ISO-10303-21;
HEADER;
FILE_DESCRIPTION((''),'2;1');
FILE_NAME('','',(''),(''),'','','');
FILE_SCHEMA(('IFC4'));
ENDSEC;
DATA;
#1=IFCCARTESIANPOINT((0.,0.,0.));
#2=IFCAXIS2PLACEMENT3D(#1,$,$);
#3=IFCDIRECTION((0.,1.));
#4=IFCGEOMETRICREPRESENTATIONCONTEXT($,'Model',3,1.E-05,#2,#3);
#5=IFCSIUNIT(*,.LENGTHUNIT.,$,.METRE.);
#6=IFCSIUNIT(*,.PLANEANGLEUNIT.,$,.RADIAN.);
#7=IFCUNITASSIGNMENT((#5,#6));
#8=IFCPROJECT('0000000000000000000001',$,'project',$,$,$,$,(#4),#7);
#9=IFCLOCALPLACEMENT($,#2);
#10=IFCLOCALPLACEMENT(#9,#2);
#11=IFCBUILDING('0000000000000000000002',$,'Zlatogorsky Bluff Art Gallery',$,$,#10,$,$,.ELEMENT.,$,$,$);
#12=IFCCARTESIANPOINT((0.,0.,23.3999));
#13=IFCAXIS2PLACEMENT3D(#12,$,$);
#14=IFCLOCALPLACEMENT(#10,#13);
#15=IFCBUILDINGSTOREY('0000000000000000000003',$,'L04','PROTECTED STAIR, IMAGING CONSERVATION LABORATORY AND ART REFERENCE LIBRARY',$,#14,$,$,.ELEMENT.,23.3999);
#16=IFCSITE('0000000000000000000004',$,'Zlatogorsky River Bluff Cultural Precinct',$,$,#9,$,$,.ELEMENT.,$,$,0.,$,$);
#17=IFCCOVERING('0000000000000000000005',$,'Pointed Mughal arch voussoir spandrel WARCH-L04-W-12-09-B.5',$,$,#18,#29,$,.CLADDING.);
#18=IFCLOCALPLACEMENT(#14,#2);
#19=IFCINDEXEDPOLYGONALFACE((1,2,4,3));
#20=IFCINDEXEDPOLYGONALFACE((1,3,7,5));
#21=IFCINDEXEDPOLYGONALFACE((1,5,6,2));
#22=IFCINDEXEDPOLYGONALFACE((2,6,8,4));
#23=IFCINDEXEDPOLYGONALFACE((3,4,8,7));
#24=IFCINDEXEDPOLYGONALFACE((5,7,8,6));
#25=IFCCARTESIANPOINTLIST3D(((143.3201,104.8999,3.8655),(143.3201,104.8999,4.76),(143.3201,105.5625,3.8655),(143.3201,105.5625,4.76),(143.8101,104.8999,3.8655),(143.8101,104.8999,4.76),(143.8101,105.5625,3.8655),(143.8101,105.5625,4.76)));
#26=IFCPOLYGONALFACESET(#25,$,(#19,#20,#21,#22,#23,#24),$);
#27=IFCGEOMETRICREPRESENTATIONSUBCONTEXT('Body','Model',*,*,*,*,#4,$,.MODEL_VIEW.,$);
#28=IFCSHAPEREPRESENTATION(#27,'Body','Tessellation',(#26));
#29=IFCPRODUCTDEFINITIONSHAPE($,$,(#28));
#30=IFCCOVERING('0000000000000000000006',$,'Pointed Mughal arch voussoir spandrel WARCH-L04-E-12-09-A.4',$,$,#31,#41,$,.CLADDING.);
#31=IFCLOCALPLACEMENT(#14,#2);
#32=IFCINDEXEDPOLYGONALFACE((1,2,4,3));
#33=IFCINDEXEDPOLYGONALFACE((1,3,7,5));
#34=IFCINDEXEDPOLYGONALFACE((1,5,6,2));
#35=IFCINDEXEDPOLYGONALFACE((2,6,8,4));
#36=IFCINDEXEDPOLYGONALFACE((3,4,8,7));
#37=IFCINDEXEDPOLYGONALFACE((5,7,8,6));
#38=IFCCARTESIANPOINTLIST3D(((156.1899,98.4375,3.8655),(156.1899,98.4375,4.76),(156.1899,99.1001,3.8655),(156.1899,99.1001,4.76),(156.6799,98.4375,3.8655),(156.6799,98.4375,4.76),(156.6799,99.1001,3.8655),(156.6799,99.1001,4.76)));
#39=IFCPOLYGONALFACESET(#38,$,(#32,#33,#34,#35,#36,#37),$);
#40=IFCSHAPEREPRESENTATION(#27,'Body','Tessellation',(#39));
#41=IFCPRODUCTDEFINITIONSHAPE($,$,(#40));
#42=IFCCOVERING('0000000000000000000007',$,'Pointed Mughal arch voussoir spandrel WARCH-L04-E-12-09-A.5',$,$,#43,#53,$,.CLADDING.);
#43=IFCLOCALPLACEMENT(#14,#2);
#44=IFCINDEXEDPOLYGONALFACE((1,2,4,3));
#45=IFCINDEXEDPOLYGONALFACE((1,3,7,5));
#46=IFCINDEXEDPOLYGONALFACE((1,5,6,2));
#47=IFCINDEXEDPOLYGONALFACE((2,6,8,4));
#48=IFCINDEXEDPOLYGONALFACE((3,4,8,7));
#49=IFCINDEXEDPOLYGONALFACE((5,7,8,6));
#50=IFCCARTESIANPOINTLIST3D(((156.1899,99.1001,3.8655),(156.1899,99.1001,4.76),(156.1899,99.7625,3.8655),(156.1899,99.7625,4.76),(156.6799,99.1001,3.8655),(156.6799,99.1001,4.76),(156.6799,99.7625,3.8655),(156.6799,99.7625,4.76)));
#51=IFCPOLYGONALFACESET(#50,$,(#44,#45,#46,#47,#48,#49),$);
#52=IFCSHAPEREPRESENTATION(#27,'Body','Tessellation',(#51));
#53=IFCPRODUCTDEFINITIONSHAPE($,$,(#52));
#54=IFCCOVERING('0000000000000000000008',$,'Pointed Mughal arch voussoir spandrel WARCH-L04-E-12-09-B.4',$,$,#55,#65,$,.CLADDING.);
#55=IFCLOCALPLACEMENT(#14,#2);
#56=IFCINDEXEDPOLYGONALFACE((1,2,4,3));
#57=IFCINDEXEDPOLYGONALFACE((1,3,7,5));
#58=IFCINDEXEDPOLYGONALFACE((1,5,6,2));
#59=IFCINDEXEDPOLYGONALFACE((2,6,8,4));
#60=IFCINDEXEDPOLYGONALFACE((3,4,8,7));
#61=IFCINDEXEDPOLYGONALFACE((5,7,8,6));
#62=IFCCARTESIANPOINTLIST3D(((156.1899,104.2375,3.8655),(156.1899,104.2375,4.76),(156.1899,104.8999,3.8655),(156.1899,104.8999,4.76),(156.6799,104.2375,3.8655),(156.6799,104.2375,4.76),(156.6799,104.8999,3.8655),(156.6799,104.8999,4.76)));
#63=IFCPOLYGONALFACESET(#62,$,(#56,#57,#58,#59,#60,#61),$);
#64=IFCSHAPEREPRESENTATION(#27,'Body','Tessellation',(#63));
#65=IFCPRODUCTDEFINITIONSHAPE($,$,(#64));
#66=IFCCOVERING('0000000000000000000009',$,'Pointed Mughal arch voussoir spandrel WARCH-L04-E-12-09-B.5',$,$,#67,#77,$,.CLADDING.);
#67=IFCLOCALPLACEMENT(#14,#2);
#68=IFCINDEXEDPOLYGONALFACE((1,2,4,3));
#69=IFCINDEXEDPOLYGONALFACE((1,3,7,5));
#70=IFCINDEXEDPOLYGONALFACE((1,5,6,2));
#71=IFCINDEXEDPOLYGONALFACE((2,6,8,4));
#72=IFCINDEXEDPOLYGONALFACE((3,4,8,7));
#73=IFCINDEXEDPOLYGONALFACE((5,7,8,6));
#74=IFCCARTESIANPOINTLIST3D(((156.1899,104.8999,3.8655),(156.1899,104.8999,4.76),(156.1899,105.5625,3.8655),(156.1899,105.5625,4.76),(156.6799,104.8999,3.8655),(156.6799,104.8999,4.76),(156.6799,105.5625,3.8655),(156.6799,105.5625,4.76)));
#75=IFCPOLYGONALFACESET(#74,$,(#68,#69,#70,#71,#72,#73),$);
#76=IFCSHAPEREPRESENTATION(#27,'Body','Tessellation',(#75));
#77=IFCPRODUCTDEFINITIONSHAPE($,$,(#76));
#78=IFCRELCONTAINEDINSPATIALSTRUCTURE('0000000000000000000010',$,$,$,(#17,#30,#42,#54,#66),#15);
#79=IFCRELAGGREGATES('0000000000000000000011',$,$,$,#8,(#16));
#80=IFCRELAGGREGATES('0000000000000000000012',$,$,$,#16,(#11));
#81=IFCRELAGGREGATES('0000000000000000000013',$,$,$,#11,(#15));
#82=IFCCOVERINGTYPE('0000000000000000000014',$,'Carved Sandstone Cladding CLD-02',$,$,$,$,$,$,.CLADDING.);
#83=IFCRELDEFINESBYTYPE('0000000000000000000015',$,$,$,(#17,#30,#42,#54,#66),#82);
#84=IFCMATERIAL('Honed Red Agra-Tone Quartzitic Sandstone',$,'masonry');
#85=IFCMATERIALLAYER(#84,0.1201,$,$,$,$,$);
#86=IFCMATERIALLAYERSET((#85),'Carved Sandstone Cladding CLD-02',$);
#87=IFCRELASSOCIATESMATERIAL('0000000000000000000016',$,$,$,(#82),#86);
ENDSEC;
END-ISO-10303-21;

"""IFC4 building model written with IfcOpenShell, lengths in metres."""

from ifc_helpers import new_model, si_unit, direction, frame, origin, place, context, subcontext, project, spatial, polyline, outline, extrude, material, layer, layer_set, type_object, element, save


model = new_model("IFC4")

# Units and contexts
model_context = context("Model", 3, precision=1e-05, world=origin(), true_north=direction((0.0, 1.0)))
body_context = subcontext(model_context, "Body", "Model", "MODEL_VIEW")
ifc_project = project(units=[si_unit("LENGTHUNIT", "METRE"), si_unit("PLANEANGLEUNIT", "RADIAN")], contexts=[model_context])

# Site, building, storey
site_placement = place(None, origin())
site = spatial("IfcSite", under=ifc_project, at=site_placement, Name="Zlatogorsky River Bluff Cultural Precinct", CompositionType="ELEMENT", RefElevation=0.0)
building_placement = place(site_placement, origin())
building = spatial("IfcBuilding", under=site, at=building_placement, Name="Zlatogorsky Bluff Art Gallery", CompositionType="ELEMENT")
storey_placement = place(building_placement, frame((0.0, 0.0, 23.3999)))
storey = spatial("IfcBuildingStorey", under=building, at=storey_placement, Name="L04", Description="PROTECTED STAIR, IMAGING CONSERVATION LABORATORY AND ART REFERENCE LIBRARY", CompositionType="ELEMENT", Elevation=23.3999)

# Coverings
ifc_material = material(Name="Honed Red Agra-Tone Quartzitic Sandstone", Category="masonry")
ifc_layer = layer(ifc_material, 0.1201)
ifc_layer_set = layer_set([ifc_layer], Name="Carved Sandstone Cladding CLD-02")
covering_type = type_object("IfcCoveringType", Name="Carved Sandstone Cladding CLD-02", PredefinedType="CLADDING", material=ifc_layer_set)
covering_1_placement = place(storey_placement, frame((0.0, 0.0, 3.8655)))
element("IfcCovering", 1, at=covering_1_placement, inside=storey, type_object=covering_type, Name="Pointed Mughal arch voussoir spandrel WARCH-L04-W-12-09-B.5", PredefinedType="CLADDING", context=body_context, shape_type="SweptSolid", body=[
    extrude(outline(polyline([(143.3201, 104.8999), (143.3201, 105.5625), (143.8101, 105.5625), (143.8101, 104.8999), (143.3201, 104.8999)])), origin(), (0.0, 0.0, 1.0), 0.8945),
])
covering_2_placement = place(storey_placement, frame((0.0, 0.0, 3.8655)))
element("IfcCovering", 2, at=covering_2_placement, inside=storey, type_object=covering_type, Name="Pointed Mughal arch voussoir spandrel WARCH-L04-E-12-09-A.4", PredefinedType="CLADDING", context=body_context, shape_type="SweptSolid", body=[
    extrude(outline(polyline([(156.1899, 98.4375), (156.1899, 99.1001), (156.6799, 99.1001), (156.6799, 98.4375), (156.1899, 98.4375)])), origin(), (0.0, 0.0, 1.0), 0.8945),
])
covering_3_placement = place(storey_placement, frame((0.0, 0.0, 3.8655)))
element("IfcCovering", 3, at=covering_3_placement, inside=storey, type_object=covering_type, Name="Pointed Mughal arch voussoir spandrel WARCH-L04-E-12-09-A.5", PredefinedType="CLADDING", context=body_context, shape_type="SweptSolid", body=[
    extrude(outline(polyline([(156.1899, 99.1001), (156.1899, 99.7625), (156.6799, 99.7625), (156.6799, 99.1001), (156.1899, 99.1001)])), origin(), (0.0, 0.0, 1.0), 0.8945),
])
covering_4_placement = place(storey_placement, frame((0.0, 0.0, 3.8655)))
element("IfcCovering", 4, at=covering_4_placement, inside=storey, type_object=covering_type, Name="Pointed Mughal arch voussoir spandrel WARCH-L04-E-12-09-B.4", PredefinedType="CLADDING", context=body_context, shape_type="SweptSolid", body=[
    extrude(outline(polyline([(156.1899, 104.2375), (156.1899, 104.8999), (156.6799, 104.8999), (156.6799, 104.2375), (156.1899, 104.2375)])), origin(), (0.0, 0.0, 1.0), 0.8945),
])
covering_5_placement = place(storey_placement, frame((0.0, 0.0, 3.8655)))
element("IfcCovering", 5, at=covering_5_placement, inside=storey, type_object=covering_type, Name="Pointed Mughal arch voussoir spandrel WARCH-L04-E-12-09-B.5", PredefinedType="CLADDING", context=body_context, shape_type="SweptSolid", body=[
    extrude(outline(polyline([(156.1899, 104.8999), (156.1899, 105.5625), (156.6799, 105.5625), (156.6799, 104.8999), (156.1899, 104.8999)])), origin(), (0.0, 0.0, 1.0), 0.8945),
])

save(model, "model.ifc")
